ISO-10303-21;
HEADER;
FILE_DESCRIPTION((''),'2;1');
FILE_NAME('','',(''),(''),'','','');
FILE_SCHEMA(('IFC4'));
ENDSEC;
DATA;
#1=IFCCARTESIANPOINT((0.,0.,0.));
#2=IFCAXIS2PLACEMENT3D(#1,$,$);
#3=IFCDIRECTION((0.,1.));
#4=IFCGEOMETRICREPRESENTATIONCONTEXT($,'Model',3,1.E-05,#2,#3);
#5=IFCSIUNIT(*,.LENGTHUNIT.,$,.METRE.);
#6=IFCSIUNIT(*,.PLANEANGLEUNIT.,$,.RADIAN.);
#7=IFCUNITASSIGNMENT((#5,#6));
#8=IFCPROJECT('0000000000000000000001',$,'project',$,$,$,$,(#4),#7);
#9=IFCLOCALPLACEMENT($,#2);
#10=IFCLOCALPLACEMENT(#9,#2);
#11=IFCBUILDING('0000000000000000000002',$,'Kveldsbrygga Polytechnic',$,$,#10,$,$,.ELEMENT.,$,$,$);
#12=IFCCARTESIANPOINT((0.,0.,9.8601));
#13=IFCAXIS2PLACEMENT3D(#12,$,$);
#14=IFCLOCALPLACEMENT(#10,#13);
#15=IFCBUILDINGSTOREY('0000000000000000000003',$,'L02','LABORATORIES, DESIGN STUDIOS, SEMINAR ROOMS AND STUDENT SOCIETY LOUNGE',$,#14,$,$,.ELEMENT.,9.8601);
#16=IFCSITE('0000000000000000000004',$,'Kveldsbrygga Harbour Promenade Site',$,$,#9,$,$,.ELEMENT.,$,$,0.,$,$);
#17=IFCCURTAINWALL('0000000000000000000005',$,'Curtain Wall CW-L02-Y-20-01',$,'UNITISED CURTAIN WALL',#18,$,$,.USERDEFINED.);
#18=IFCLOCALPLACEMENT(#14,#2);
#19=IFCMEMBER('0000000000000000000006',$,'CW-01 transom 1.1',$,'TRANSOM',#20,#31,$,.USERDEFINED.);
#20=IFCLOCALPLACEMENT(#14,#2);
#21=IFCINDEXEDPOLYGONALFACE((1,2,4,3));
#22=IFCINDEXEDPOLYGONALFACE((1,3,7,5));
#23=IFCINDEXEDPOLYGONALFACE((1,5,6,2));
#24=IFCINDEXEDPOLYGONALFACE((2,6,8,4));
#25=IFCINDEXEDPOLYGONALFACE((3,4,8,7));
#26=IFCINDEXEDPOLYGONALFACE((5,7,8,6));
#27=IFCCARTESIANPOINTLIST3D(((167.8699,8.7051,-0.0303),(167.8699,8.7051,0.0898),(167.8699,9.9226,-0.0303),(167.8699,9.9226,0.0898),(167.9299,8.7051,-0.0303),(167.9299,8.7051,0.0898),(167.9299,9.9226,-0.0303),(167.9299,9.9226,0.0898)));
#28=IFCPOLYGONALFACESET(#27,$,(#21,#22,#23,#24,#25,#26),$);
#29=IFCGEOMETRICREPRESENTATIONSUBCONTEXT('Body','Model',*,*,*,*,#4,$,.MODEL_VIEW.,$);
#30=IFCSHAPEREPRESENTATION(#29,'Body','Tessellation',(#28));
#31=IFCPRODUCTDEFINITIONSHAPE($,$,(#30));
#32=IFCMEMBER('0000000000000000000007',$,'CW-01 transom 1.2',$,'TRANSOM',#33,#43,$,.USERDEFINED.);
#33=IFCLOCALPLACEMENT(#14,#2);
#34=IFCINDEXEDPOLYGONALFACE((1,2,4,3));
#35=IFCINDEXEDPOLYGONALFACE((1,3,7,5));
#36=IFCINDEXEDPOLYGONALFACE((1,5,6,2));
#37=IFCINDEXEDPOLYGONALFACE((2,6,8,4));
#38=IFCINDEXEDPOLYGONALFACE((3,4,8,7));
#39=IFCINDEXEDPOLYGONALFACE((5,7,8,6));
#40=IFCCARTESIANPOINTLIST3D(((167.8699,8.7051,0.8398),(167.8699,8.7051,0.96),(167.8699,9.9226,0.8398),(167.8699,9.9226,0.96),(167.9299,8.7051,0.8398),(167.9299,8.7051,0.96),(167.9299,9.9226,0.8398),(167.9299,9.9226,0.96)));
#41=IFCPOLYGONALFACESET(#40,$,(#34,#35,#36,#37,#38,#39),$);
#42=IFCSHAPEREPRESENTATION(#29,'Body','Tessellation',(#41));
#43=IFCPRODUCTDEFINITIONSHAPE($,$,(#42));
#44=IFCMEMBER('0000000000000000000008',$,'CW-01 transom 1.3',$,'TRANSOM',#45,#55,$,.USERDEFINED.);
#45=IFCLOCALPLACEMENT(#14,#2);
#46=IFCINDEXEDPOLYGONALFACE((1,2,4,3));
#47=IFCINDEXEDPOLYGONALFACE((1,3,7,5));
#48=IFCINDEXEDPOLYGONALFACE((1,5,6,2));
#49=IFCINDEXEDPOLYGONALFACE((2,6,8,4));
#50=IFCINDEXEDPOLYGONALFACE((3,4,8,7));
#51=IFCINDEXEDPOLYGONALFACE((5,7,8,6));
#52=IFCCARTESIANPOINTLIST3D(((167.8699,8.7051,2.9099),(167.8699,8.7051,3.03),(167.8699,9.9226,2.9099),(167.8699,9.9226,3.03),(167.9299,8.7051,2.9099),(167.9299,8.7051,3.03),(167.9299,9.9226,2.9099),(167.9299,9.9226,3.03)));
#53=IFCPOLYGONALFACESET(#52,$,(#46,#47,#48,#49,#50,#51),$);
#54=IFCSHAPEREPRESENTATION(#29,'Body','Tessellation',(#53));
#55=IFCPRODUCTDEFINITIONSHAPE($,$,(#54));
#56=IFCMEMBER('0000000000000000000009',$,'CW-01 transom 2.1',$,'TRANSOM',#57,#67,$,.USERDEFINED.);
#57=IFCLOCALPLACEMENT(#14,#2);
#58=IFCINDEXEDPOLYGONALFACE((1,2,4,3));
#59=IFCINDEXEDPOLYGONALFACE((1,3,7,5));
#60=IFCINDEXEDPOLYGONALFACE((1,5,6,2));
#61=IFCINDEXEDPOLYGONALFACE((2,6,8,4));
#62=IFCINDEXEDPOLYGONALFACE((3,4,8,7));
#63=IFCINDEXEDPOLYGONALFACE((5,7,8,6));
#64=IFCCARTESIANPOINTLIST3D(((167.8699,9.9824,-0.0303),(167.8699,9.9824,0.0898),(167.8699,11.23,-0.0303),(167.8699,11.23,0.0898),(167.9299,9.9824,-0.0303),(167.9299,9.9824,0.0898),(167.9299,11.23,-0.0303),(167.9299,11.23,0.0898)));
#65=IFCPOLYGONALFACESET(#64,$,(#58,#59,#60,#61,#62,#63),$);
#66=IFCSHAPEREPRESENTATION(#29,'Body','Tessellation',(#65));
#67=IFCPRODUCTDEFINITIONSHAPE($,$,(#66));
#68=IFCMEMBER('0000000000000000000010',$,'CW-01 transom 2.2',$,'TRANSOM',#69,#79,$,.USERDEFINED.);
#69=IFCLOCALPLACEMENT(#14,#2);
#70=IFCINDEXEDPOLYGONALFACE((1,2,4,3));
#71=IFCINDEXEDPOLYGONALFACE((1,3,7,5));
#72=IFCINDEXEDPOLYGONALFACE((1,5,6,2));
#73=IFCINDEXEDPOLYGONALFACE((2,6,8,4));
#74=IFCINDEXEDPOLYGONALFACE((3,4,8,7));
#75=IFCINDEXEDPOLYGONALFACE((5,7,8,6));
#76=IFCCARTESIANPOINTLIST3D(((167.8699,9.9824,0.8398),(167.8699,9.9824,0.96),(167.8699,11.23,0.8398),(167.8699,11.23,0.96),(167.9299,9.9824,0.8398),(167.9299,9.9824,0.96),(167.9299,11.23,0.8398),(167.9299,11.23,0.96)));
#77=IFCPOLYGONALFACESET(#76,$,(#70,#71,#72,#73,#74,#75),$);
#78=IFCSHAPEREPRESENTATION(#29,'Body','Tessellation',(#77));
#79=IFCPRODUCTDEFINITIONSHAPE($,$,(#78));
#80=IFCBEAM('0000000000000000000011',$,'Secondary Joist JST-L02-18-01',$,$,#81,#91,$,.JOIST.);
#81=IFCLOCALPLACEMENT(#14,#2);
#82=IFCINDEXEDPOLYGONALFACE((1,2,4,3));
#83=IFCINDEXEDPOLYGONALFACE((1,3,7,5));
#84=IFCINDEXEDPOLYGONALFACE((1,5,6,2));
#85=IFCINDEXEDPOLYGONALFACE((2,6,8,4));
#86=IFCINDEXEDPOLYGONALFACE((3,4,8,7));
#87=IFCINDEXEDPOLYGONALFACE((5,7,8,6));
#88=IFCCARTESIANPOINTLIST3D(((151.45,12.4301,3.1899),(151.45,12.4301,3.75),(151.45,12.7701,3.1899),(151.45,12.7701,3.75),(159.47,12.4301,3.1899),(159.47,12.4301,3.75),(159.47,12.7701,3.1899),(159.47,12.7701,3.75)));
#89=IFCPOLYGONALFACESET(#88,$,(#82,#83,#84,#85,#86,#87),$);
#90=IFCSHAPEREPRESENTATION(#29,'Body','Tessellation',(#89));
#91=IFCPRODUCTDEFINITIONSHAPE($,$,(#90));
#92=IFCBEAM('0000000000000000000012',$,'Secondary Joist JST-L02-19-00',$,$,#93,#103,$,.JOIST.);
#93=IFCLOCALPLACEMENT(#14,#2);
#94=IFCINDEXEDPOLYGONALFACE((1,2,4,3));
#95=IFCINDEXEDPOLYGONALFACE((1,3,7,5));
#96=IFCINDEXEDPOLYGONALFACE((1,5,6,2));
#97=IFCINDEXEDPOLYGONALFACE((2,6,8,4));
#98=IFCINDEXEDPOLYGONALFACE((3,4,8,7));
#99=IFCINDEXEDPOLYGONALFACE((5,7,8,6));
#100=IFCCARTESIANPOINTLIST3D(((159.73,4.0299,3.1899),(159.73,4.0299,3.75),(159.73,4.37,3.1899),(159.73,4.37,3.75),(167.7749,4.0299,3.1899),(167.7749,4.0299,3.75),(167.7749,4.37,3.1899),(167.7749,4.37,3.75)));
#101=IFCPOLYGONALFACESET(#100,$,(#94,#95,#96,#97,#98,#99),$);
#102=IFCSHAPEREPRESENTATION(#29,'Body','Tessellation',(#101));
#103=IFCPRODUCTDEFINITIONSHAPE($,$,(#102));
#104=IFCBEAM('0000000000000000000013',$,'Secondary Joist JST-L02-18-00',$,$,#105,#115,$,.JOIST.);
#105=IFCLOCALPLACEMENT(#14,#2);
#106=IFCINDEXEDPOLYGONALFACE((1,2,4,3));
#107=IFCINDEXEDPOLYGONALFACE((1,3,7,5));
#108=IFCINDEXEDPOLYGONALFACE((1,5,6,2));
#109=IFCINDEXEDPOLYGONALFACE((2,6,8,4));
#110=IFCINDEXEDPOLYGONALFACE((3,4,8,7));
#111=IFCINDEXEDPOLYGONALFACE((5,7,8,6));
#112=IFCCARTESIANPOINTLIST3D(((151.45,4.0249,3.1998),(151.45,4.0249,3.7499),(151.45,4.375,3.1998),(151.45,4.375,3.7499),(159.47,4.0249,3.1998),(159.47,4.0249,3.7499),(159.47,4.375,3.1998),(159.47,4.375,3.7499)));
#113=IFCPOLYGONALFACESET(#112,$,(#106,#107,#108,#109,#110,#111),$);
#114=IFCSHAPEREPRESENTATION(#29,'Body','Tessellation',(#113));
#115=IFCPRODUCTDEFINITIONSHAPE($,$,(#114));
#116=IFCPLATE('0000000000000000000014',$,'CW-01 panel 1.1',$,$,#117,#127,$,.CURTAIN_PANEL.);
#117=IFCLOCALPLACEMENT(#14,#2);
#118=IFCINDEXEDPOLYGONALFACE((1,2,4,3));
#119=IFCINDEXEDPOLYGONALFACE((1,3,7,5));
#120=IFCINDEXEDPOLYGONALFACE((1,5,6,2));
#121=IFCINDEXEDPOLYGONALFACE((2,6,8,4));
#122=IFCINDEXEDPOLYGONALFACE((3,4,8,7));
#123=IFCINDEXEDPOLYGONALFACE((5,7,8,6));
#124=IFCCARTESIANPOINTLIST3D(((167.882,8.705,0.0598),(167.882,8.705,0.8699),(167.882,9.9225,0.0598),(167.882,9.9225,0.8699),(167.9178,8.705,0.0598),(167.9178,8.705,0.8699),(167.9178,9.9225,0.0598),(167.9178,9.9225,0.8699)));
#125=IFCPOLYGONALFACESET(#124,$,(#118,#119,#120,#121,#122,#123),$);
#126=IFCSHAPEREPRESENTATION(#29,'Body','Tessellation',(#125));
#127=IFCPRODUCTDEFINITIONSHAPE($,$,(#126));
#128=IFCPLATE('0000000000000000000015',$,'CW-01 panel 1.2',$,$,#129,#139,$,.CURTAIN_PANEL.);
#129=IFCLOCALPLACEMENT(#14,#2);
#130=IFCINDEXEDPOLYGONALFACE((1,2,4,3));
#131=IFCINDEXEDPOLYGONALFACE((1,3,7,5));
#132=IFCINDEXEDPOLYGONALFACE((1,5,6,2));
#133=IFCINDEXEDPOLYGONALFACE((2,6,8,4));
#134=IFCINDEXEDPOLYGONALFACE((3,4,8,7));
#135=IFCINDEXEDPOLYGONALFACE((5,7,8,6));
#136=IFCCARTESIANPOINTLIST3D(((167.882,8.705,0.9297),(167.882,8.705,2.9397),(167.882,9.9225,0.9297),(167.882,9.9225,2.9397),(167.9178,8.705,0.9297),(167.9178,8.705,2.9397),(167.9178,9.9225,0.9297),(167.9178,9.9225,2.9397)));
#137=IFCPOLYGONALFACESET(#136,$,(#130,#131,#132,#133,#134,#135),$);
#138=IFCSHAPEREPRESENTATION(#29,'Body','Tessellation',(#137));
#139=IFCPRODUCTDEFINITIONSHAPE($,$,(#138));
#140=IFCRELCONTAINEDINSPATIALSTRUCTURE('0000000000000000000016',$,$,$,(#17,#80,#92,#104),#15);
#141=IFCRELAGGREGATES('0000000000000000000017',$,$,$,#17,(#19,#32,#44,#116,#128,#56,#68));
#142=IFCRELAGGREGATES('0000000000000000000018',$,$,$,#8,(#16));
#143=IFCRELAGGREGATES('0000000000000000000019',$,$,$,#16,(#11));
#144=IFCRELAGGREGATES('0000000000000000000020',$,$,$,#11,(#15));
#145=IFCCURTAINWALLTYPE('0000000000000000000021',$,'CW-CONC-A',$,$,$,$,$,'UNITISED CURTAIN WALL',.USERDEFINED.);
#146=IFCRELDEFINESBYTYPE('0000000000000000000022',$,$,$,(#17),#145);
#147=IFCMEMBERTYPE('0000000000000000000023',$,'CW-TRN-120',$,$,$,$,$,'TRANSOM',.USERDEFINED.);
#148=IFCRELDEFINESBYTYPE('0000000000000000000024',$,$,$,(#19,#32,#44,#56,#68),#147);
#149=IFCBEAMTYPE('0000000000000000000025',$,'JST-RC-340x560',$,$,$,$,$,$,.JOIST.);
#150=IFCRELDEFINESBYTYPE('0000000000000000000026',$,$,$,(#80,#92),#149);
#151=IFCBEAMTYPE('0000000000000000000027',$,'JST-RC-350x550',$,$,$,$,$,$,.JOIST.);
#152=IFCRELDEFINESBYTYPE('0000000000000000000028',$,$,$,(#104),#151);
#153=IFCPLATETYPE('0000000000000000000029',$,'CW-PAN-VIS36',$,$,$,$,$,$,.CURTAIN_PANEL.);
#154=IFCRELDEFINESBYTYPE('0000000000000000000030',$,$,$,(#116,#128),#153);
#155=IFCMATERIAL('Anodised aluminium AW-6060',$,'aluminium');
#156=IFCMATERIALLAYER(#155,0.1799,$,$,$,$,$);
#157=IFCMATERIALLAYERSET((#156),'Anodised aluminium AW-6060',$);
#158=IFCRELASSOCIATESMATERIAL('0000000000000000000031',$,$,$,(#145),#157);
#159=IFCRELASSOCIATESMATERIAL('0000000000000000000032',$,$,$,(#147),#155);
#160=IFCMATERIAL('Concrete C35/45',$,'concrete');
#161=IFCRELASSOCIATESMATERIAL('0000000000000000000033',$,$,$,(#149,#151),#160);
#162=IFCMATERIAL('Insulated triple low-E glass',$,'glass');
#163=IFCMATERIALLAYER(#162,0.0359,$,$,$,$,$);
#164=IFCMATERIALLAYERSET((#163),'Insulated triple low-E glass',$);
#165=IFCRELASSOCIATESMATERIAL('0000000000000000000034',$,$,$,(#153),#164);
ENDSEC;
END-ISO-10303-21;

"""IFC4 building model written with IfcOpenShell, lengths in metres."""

from ifc_helpers import new_model, si_unit, direction, frame, origin, origin_2d, place, context, subcontext, project, spatial, rectangle, extrude, material, layer, layer_set, material_profile, profile_set, type_object, element, aggregate, save


model = new_model("IFC4")

# Units and contexts
model_context = context("Model", 3, precision=1e-05, world=origin(), true_north=direction((0.0, 1.0)))
body_context = subcontext(model_context, "Body", "Model", "MODEL_VIEW")
ifc_project = project(units=[si_unit("LENGTHUNIT", "METRE"), si_unit("PLANEANGLEUNIT", "RADIAN")], contexts=[model_context])

# Site, building, storey
site_placement = place(None, origin())
site = spatial("IfcSite", under=ifc_project, at=site_placement, Name="Kveldsbrygga Harbour Promenade Site", CompositionType="ELEMENT", RefElevation=0.0)
building_placement = place(site_placement, origin())
building = spatial("IfcBuilding", under=site, at=building_placement, Name="Kveldsbrygga Polytechnic", CompositionType="ELEMENT")
storey_placement = place(building_placement, frame((0.0, 0.0, 9.8601)))
storey = spatial("IfcBuildingStorey", under=building, at=storey_placement, Name="L02", Description="LABORATORIES, DESIGN STUDIOS, SEMINAR ROOMS AND STUDENT SOCIETY LOUNGE", CompositionType="ELEMENT", Elevation=9.8601)

# Shared definitions
ifc_material_1 = material(Name="Concrete C35/45", Category="concrete")

# Curtain wall, members
ifc_material_2 = material(Name="Anodised aluminium AW-6060", Category="aluminium")
ifc_layer_1 = layer(ifc_material_2, 0.1799)
ifc_layer_set_1 = layer_set([ifc_layer_1], Name="Anodised aluminium AW-6060")
curtain_wall_type = type_object("IfcCurtainWallType", Name="CW-CONC-A", ElementType="UNITISED CURTAIN WALL", PredefinedType="USERDEFINED", material=ifc_layer_set_1)
curtain_wall_placement = place(storey_placement, origin())
curtain_wall = element("IfcCurtainWall", 1, at=curtain_wall_placement, inside=storey, type_object=curtain_wall_type, Name="Curtain Wall CW-L02-Y-20-01", ObjectType="UNITISED CURTAIN WALL", PredefinedType="USERDEFINED")
ifc_material_profile_1 = material_profile(ifc_material_2, rectangle(XDim=0.0601, YDim=0.1201, at=origin_2d()), Name="ALU 60x120")
ifc_profile_set_1 = profile_set([ifc_material_profile_1], Name="Anodised aluminium AW-6060")
member_type_1 = type_object("IfcMemberType", Name="CW-TRN-120", ElementType="TRANSOM", PredefinedType="USERDEFINED", material=ifc_profile_set_1)
member_1_placement = place(storey_placement, frame((167.8999, 8.7051, 0.0298), z_axis=(0.0, 1.0, 0.0), x_axis=(-1.0, 0.0, 0.0)))
member_1 = element("IfcMember", 2, at=member_1_placement, type_object=member_type_1, Name="CW-01 transom 1.1", ObjectType="TRANSOM", PredefinedType="USERDEFINED", context=body_context, shape_type="SweptSolid", body=[
    extrude(rectangle(XDim=0.0601, YDim=0.1201, at=origin_2d()), origin(), (0.0, 0.0, 1.0), 1.2175),
])
member_2_placement = place(storey_placement, frame((167.8999, 8.7051, 0.8999), z_axis=(0.0, 1.0, 0.0), x_axis=(-1.0, 0.0, 0.0)))
member_2 = element("IfcMember", 3, at=member_2_placement, type_object=member_type_1, Name="CW-01 transom 1.2", ObjectType="TRANSOM", PredefinedType="USERDEFINED", context=body_context, shape_type="SweptSolid", body=[
    extrude(rectangle(XDim=0.0601, YDim=0.1201, at=origin_2d()), origin(), (0.0, 0.0, 1.0), 1.2175),
])
member_3_placement = place(storey_placement, frame((167.8999, 8.7051, 2.97), z_axis=(0.0, 1.0, 0.0), x_axis=(-1.0, 0.0, 0.0)))
member_3 = element("IfcMember", 4, at=member_3_placement, type_object=member_type_1, Name="CW-01 transom 1.3", ObjectType="TRANSOM", PredefinedType="USERDEFINED", context=body_context, shape_type="SweptSolid", body=[
    extrude(rectangle(XDim=0.0601, YDim=0.1201, at=origin_2d()), origin(), (0.0, 0.0, 1.0), 1.2175),
])
member_4_placement = place(storey_placement, frame((167.8999, 9.9824, 0.0298), z_axis=(0.0, 1.0, 0.0), x_axis=(-1.0, 0.0, 0.0)))
member_4 = element("IfcMember", 5, at=member_4_placement, type_object=member_type_1, Name="CW-01 transom 2.1", ObjectType="TRANSOM", PredefinedType="USERDEFINED", context=body_context, shape_type="SweptSolid", body=[
    extrude(rectangle(XDim=0.0601, YDim=0.1201, at=origin_2d()), origin(), (0.0, 0.0, 1.0), 1.2476),
])
member_5_placement = place(storey_placement, frame((167.8999, 9.9824, 0.8999), z_axis=(0.0, 1.0, 0.0), x_axis=(-1.0, 0.0, 0.0)))
member_5 = element("IfcMember", 6, at=member_5_placement, type_object=member_type_1, Name="CW-01 transom 2.2", ObjectType="TRANSOM", PredefinedType="USERDEFINED", context=body_context, shape_type="SweptSolid", body=[
    extrude(rectangle(XDim=0.0601, YDim=0.1201, at=origin_2d()), origin(), (0.0, 0.0, 1.0), 1.2476),
])

# Beams
ifc_material_profile_2 = material_profile(ifc_material_1, rectangle(XDim=0.3401, YDim=0.5601, at=origin_2d()), Name="RC 340x560")
ifc_profile_set_2 = profile_set([ifc_material_profile_2], Name="Concrete C35/45")
beam_type_1 = type_object("IfcBeamType", Name="JST-RC-340x560", PredefinedType="JOIST", material=ifc_profile_set_2)
beam_1_placement = place(storey_placement, frame((151.45, 12.6001, 3.47), z_axis=(1.0, 0.0, 0.0), x_axis=(0.0, 1.0, 0.0)))
element("IfcBeam", 7, at=beam_1_placement, inside=storey, type_object=beam_type_1, Name="Secondary Joist JST-L02-18-01", PredefinedType="JOIST", context=body_context, shape_type="SweptSolid", body=[
    extrude(rectangle(XDim=0.3401, YDim=0.5601, at=origin_2d()), origin(), (0.0, 0.0, 1.0), 8.02),
])
beam_2_placement = place(storey_placement, frame((159.73, 4.2, 3.47), z_axis=(1.0, 0.0, 0.0), x_axis=(0.0, 1.0, 0.0)))
element("IfcBeam", 8, at=beam_2_placement, inside=storey, type_object=beam_type_1, Name="Secondary Joist JST-L02-19-00", PredefinedType="JOIST", context=body_context, shape_type="SweptSolid", body=[
    extrude(rectangle(XDim=0.3401, YDim=0.5601, at=origin_2d()), origin(), (0.0, 0.0, 1.0), 8.0449),
])
ifc_material_profile_3 = material_profile(ifc_material_1, rectangle(XDim=0.3501, YDim=0.55, at=origin_2d()), Name="RC 350x550")
ifc_profile_set_3 = profile_set([ifc_material_profile_3], Name="Concrete C35/45")
beam_type_2 = type_object("IfcBeamType", Name="JST-RC-350x550", PredefinedType="JOIST", material=ifc_profile_set_3)
beam_3_placement = place(storey_placement, frame((151.45, 4.2, 3.4749), z_axis=(1.0, 0.0, 0.0), x_axis=(0.0, 1.0, 0.0)))
element("IfcBeam", 9, at=beam_3_placement, inside=storey, type_object=beam_type_2, Name="Secondary Joist JST-L02-18-00", PredefinedType="JOIST", context=body_context, shape_type="SweptSolid", body=[
    extrude(rectangle(XDim=0.3501, YDim=0.55, at=origin_2d()), origin(), (0.0, 0.0, 1.0), 8.02),
])

# Plates
ifc_material_3 = material(Name="Insulated triple low-E glass", Category="glass")
ifc_layer_2 = layer(ifc_material_3, 0.0359)
ifc_layer_set_2 = layer_set([ifc_layer_2], Name="Insulated triple low-E glass")
plate_type = type_object("IfcPlateType", Name="CW-PAN-VIS36", PredefinedType="CURTAIN_PANEL", material=ifc_layer_set_2)
plate_1_placement = place(storey_placement, frame((167.8999, 9.3137, 0.0598), z_axis=(0.0, 0.0, 1.0), x_axis=(0.0, 1.0, 0.0)))
plate_1 = element("IfcPlate", 10, at=plate_1_placement, type_object=plate_type, Name="CW-01 panel 1.1", PredefinedType="CURTAIN_PANEL", context=body_context, shape_type="SweptSolid", body=[
    extrude(rectangle(XDim=1.2175, YDim=0.0359, at=origin_2d()), origin(), (0.0, 0.0, 1.0), 0.8101),
])
plate_2_placement = place(storey_placement, frame((167.8999, 9.3137, 0.9297), z_axis=(0.0, 0.0, 1.0), x_axis=(0.0, 1.0, 0.0)))
plate_2 = element("IfcPlate", 11, at=plate_2_placement, type_object=plate_type, Name="CW-01 panel 1.2", PredefinedType="CURTAIN_PANEL", context=body_context, shape_type="SweptSolid", body=[
    extrude(rectangle(XDim=1.2175, YDim=0.0359, at=origin_2d()), origin(), (0.0, 0.0, 1.0), 2.01),
])
aggregate(curtain_wall, [member_1, member_2, member_3, plate_1, plate_2, member_4, member_5])

save(model, "model.ifc")
